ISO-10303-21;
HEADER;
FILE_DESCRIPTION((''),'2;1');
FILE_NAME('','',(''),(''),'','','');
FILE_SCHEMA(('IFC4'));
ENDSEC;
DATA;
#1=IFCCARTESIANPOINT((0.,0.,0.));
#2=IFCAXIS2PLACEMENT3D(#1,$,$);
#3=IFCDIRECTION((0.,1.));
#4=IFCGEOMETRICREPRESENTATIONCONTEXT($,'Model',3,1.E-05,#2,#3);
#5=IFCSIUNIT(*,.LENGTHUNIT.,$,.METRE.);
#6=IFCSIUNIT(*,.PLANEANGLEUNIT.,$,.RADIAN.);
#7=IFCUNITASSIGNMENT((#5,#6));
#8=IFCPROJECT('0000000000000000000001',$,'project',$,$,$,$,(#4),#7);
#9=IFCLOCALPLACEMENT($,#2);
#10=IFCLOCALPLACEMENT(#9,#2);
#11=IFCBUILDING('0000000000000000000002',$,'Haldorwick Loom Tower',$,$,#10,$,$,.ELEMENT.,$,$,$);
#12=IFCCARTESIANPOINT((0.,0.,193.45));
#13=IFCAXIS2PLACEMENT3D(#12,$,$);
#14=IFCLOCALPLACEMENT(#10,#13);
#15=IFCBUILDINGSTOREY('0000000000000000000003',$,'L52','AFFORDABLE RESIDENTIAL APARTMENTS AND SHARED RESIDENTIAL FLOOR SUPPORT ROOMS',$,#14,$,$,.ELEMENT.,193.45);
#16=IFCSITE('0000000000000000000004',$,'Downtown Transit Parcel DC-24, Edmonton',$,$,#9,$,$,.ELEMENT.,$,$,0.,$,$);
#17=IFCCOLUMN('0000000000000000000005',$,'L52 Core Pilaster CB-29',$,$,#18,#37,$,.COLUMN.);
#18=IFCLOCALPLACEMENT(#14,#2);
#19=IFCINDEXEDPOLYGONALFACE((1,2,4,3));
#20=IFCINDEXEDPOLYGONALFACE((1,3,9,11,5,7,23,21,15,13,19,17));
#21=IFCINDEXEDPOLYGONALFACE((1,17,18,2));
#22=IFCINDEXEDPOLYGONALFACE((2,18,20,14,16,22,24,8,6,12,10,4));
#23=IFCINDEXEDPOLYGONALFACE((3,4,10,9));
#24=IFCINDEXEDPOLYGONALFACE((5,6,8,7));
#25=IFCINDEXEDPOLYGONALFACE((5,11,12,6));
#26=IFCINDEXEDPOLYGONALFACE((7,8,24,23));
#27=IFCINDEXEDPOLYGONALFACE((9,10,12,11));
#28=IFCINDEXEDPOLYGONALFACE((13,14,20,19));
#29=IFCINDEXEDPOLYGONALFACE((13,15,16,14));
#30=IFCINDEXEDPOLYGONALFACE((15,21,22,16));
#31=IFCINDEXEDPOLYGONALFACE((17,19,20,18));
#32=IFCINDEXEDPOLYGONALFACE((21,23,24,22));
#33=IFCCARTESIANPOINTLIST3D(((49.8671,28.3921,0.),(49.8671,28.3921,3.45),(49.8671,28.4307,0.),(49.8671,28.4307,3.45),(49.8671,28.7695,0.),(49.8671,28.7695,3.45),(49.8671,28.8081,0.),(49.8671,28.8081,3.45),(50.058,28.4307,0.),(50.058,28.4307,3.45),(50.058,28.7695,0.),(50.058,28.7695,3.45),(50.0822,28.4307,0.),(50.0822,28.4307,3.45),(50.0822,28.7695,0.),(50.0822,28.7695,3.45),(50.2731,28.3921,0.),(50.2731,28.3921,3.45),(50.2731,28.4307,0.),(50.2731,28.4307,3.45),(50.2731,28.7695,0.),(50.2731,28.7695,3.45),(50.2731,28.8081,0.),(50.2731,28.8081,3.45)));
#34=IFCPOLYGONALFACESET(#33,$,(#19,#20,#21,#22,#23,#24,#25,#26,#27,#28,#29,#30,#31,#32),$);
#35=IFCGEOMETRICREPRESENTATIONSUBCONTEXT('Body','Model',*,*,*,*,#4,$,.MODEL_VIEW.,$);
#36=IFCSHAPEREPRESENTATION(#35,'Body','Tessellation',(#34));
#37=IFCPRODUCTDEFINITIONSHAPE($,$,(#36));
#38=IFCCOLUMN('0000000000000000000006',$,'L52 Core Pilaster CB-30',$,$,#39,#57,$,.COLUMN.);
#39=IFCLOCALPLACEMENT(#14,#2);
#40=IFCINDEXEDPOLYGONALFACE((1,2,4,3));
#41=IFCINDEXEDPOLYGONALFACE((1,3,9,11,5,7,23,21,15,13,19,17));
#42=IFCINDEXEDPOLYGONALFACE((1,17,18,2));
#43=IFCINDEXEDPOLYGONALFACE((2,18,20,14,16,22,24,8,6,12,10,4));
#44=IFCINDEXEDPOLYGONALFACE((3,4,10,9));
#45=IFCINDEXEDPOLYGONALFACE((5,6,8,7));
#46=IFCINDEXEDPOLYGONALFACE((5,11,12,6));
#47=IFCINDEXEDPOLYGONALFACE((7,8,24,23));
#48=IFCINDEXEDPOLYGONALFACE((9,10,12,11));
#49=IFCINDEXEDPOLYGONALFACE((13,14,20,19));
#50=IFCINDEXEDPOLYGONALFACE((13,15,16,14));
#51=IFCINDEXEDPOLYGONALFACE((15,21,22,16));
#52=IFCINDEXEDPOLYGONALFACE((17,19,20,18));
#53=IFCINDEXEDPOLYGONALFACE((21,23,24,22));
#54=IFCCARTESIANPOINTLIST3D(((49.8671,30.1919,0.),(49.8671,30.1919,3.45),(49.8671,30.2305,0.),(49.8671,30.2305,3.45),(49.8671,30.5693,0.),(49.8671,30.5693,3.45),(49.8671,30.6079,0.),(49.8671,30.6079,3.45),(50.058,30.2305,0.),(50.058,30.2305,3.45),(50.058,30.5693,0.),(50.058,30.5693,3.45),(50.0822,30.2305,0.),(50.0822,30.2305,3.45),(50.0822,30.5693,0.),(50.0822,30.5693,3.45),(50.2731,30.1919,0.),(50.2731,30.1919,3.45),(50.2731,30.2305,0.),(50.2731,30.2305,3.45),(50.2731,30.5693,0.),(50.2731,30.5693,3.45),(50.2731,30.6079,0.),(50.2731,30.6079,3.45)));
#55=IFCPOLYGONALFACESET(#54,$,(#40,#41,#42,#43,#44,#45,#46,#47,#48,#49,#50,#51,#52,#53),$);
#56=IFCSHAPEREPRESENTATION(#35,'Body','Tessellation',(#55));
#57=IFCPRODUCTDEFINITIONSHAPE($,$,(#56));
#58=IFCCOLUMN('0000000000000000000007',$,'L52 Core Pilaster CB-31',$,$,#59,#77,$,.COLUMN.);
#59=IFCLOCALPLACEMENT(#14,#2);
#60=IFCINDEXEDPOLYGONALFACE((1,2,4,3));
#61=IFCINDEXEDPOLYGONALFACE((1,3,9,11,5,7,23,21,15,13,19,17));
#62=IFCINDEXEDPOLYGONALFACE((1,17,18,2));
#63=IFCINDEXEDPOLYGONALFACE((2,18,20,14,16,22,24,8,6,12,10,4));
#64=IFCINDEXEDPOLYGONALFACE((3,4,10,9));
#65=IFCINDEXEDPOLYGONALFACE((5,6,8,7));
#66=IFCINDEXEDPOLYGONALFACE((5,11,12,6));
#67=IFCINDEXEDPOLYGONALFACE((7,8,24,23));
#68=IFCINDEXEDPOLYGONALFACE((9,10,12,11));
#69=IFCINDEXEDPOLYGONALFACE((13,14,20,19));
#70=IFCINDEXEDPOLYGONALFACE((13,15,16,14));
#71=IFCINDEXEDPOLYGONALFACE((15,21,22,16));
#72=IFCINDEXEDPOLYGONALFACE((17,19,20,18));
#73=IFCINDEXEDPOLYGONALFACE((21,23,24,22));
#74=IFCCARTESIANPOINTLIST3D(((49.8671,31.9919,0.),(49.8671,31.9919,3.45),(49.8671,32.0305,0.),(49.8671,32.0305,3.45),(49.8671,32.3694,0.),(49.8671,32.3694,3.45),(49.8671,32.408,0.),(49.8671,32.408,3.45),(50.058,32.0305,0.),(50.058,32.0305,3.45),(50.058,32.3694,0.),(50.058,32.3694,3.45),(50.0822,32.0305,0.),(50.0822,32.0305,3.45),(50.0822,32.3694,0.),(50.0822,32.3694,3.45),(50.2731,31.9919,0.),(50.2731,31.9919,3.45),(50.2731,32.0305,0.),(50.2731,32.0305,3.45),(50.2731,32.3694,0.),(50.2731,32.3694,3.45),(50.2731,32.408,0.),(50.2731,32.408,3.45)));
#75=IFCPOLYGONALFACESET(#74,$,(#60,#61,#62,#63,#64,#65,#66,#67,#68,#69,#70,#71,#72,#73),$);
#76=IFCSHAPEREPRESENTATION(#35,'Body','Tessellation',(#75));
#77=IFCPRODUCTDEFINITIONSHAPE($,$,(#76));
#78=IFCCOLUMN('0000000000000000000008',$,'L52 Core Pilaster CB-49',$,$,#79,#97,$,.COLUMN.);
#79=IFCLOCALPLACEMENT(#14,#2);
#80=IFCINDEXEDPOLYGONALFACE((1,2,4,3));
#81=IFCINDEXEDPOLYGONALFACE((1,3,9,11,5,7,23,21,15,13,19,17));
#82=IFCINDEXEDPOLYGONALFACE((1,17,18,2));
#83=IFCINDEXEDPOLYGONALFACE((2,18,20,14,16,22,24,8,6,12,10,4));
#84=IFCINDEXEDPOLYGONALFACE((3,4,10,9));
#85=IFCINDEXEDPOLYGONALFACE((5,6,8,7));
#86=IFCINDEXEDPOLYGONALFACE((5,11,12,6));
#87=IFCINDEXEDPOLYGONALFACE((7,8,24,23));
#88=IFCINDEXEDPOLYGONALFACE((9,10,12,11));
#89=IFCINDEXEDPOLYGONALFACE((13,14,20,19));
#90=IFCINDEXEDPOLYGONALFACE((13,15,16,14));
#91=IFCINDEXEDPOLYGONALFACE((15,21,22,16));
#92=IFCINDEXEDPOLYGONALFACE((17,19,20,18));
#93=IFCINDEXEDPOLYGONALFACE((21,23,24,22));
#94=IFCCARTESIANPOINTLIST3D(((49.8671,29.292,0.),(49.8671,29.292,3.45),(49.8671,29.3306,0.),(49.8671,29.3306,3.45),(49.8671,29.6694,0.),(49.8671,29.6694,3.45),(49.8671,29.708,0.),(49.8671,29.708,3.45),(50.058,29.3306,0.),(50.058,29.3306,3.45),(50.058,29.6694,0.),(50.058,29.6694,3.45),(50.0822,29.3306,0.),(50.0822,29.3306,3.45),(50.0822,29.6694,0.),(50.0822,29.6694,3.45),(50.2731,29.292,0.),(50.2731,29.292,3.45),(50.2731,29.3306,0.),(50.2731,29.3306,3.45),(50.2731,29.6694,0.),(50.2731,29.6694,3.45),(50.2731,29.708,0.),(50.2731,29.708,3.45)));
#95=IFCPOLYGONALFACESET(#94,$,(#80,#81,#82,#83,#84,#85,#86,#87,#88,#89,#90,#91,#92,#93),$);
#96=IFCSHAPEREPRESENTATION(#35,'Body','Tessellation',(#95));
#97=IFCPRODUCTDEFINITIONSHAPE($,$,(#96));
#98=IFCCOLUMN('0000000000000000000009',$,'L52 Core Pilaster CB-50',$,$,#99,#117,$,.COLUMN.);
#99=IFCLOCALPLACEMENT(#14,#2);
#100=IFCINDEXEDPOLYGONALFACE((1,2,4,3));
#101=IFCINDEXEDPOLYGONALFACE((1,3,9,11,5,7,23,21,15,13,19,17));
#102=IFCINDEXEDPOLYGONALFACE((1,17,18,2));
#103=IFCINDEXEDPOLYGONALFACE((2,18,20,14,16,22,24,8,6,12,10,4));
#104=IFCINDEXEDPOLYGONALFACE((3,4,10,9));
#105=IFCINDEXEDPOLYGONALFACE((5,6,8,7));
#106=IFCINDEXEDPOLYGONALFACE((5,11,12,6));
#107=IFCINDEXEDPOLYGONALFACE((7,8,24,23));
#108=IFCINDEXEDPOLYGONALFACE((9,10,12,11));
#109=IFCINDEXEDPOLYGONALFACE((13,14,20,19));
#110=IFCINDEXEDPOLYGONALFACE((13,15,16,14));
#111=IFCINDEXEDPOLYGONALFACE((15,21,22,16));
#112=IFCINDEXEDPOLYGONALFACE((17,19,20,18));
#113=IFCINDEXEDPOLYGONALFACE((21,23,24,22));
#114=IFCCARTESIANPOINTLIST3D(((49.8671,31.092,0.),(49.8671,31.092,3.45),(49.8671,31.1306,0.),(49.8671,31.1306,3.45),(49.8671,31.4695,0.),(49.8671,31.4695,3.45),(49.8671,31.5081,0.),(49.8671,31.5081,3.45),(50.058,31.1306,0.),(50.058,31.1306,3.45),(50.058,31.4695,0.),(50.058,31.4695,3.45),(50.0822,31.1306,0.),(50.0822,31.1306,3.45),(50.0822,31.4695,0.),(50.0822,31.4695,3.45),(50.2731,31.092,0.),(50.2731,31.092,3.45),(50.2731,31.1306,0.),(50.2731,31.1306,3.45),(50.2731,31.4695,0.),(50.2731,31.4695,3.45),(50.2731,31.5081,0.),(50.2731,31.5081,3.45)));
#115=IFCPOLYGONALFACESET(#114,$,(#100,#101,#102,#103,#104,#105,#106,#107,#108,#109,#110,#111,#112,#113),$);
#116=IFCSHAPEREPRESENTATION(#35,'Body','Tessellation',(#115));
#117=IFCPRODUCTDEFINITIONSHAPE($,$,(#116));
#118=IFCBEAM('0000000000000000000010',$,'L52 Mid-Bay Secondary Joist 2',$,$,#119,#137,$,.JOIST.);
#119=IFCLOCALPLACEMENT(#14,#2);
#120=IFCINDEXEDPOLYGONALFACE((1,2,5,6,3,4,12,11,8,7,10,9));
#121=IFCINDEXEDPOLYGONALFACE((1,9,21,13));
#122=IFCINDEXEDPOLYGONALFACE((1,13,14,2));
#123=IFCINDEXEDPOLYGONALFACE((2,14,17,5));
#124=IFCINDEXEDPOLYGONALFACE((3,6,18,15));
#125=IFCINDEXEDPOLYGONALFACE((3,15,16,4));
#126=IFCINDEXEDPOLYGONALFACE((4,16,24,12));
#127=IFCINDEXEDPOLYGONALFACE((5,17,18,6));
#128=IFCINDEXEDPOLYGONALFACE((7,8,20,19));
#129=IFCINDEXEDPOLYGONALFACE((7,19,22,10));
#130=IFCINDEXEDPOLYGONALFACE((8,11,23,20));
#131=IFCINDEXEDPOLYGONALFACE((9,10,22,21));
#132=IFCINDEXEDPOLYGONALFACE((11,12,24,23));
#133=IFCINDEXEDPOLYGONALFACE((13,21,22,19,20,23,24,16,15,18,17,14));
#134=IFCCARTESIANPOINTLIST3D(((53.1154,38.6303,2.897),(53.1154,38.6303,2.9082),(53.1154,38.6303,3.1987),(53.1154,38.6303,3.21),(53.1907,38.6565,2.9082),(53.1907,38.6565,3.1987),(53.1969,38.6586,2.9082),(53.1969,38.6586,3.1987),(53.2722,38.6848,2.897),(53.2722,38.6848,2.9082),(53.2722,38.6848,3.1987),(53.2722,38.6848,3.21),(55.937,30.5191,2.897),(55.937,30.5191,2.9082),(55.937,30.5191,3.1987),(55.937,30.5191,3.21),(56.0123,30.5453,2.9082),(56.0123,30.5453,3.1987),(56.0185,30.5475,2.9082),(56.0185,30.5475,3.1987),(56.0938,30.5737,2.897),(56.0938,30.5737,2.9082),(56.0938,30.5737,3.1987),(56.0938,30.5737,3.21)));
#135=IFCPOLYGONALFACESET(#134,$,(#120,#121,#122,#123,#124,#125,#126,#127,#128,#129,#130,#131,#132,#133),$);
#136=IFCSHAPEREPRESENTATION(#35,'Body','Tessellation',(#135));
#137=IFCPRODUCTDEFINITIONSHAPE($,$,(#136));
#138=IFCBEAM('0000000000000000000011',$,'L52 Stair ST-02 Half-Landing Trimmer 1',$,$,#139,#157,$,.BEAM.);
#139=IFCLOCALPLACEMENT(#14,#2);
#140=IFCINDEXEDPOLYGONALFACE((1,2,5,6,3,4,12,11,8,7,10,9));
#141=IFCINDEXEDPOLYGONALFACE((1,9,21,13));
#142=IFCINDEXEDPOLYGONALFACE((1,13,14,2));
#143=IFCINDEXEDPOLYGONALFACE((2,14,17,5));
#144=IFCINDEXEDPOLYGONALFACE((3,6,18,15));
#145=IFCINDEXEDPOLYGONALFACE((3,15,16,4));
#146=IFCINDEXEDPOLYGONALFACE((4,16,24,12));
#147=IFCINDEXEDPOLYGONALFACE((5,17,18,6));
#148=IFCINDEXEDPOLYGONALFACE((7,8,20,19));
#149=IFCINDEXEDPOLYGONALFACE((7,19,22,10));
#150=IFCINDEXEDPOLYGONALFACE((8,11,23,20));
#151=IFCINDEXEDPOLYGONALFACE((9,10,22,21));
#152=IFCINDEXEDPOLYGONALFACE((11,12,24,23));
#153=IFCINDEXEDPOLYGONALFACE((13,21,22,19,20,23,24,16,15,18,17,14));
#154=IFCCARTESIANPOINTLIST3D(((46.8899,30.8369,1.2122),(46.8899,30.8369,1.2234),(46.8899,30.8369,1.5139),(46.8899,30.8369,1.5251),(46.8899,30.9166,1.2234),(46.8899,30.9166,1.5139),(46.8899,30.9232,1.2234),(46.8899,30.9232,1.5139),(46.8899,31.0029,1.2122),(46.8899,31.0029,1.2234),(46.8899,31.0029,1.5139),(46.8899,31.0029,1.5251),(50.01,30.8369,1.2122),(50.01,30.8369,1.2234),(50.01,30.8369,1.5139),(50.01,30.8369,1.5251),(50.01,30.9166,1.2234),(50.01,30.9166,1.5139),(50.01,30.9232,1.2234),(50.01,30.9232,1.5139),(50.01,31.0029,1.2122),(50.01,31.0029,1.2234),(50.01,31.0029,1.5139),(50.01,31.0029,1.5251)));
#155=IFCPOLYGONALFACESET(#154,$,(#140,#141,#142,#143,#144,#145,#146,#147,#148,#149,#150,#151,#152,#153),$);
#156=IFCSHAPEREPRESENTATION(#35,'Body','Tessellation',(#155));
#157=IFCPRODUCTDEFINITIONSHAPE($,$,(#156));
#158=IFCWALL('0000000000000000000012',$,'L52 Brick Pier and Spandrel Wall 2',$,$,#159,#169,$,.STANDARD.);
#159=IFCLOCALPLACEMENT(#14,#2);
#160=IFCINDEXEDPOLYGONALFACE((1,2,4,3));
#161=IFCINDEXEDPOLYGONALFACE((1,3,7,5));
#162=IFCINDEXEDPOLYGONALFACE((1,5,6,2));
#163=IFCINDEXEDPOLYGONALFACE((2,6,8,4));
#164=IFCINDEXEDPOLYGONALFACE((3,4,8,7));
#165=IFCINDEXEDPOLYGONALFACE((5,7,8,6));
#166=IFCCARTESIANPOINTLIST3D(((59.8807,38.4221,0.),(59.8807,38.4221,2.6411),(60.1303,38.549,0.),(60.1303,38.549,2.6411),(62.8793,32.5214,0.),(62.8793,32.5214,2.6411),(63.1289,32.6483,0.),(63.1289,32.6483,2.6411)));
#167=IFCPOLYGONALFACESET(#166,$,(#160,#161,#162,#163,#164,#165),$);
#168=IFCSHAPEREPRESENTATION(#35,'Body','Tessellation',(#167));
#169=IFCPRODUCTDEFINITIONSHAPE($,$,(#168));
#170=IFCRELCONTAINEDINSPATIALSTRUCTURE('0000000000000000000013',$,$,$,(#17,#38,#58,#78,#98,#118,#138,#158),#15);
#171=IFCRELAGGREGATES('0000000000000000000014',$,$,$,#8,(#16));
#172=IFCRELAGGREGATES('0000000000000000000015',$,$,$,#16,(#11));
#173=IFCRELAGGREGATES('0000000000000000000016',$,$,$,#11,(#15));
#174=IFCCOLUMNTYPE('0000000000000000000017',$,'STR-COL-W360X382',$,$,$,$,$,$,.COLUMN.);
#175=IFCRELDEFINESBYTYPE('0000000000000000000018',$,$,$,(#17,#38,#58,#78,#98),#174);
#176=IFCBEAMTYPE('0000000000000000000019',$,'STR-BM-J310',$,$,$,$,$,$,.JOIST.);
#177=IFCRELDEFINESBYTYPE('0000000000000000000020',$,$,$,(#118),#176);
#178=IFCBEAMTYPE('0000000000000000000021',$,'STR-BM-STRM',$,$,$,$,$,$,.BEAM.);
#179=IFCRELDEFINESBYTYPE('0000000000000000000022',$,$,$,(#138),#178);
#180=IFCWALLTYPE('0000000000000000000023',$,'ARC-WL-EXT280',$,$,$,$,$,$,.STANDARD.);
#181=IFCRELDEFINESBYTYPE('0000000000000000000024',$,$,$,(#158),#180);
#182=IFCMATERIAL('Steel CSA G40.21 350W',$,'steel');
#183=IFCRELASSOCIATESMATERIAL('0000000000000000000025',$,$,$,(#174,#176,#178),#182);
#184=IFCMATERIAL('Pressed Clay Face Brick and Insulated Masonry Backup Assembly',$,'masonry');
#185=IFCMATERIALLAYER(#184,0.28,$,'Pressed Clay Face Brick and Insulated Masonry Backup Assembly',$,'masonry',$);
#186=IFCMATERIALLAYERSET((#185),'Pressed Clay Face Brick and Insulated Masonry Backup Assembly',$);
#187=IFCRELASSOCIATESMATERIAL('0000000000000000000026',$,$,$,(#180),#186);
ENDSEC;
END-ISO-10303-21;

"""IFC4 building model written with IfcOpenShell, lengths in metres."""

from ifc_helpers import new_model, si_unit, direction, frame, frame_2d, origin, origin_2d, place, context, subcontext, project, spatial, rectangle, i_section, extrude, material, layer, layer_set, material_profile, profile_set, type_object, element, save


model = new_model("IFC4")

# Units and contexts
model_context = context("Model", 3, precision=1e-05, world=origin(), true_north=direction((0.0, 1.0)))
body_context = subcontext(model_context, "Body", "Model", "MODEL_VIEW")
ifc_project = project(units=[si_unit("LENGTHUNIT", "METRE"), si_unit("PLANEANGLEUNIT", "RADIAN")], contexts=[model_context])

# Site, building, storey
site_placement = place(None, origin())
site = spatial("IfcSite", under=ifc_project, at=site_placement, Name="Downtown Transit Parcel DC-24, Edmonton", CompositionType="ELEMENT", RefElevation=0.0)
building_placement = place(site_placement, origin())
building = spatial("IfcBuilding", under=site, at=building_placement, Name="Haldorwick Loom Tower", CompositionType="ELEMENT")
storey_placement = place(building_placement, frame((0.0, 0.0, 193.45)))
storey = spatial("IfcBuildingStorey", under=building, at=storey_placement, Name="L52", Description="AFFORDABLE RESIDENTIAL APARTMENTS AND SHARED RESIDENTIAL FLOOR SUPPORT ROOMS", CompositionType="ELEMENT", Elevation=193.45)

# Columns
ifc_material_1 = material(Name="Steel CSA G40.21 350W", Category="steel")
ifc_material_profile_1 = material_profile(ifc_material_1, i_section(OverallWidth=0.406, OverallDepth=0.416, WebThickness=0.0242, FlangeThickness=0.0386, at=origin_2d()), Name="W360X382", Category="steel")
ifc_profile_set_1 = profile_set([ifc_material_profile_1], Name="Steel CSA G40.21 350W")
column_type = type_object("IfcColumnType", Name="STR-COL-W360X382", PredefinedType="COLUMN", material=ifc_profile_set_1)
for number, where, z_axis, x_axis, name in (
    (1, (50.0701, 28.6001, 0.0), (0.0, 0.0, 1.0), (1.0, 0.0, 0.0), "L52 Core Pilaster CB-29"),
    (2, (50.0701, 30.3999, 0.0), (0.0, 0.0, 1.0), (1.0, 0.0, 0.0), "L52 Core Pilaster CB-30"),
    (3, (50.0701, 32.2, 0.0), (0.0, 0.0, 1.0), (1.0, 0.0, 0.0), "L52 Core Pilaster CB-31"),
    (4, (50.0701, 29.5, 0.0), (0.0, 0.0, 1.0), (1.0, 0.0, 0.0), "L52 Core Pilaster CB-49"),
    (5, (50.0701, 31.3, 0.0), (0.0, 0.0, 1.0), (1.0, 0.0, 0.0), "L52 Core Pilaster CB-50"),
):
    element("IfcColumn", number, at=place(storey_placement, frame(where, z_axis=z_axis, x_axis=x_axis)), inside=storey, type_object=column_type, Name=name, PredefinedType="COLUMN", context=body_context, shape_type="SweptSolid", body=[
        extrude(i_section(OverallWidth=0.406, OverallDepth=0.416, WebThickness=0.0242, FlangeThickness=0.0386, at=origin_2d()), origin(), (0.0, 0.0, 1.0), 3.45),
    ])

# Beams
ifc_material_profile_2 = material_profile(ifc_material_1, i_section(OverallWidth=0.166, OverallDepth=0.313, WebThickness=0.0066, FlangeThickness=0.0112, at=origin_2d()), Name="W310X45", Category="steel")
ifc_profile_set_2 = profile_set([ifc_material_profile_2], Name="Steel CSA G40.21 350W")
beam_type_1 = type_object("IfcBeamType", Name="STR-BM-J310", PredefinedType="JOIST", material=ifc_profile_set_2)
beam_1_placement = place(storey_placement, frame((56.0154, 30.5464, 3.0535), z_axis=(-0.32855, 0.944486, 0.0), x_axis=(-0.944486, -0.32855, 0.0)))
element("IfcBeam", 6, at=beam_1_placement, inside=storey, type_object=beam_type_1, Name="L52 Mid-Bay Secondary Joist 2", PredefinedType="JOIST", context=body_context, shape_type="SweptSolid", body=[
    extrude(i_section(OverallWidth=0.166, OverallDepth=0.313, WebThickness=0.0066, FlangeThickness=0.0112, at=origin_2d()), origin(), (0.0, 0.0, 1.0), 8.5879),
])
ifc_material_profile_3 = material_profile(ifc_material_1, i_section(OverallWidth=0.166, OverallDepth=0.313, WebThickness=0.0066, FlangeThickness=0.0112, at=origin_2d()), Name="W310X45", Category="steel")
ifc_profile_set_3 = profile_set([ifc_material_profile_3], Name="Steel CSA G40.21 350W")
beam_type_2 = type_object("IfcBeamType", Name="STR-BM-STRM", PredefinedType="BEAM", material=ifc_profile_set_3)
beam_2_placement = place(storey_placement, frame((46.8899, 30.9199, 1.3687), z_axis=(1.0, 0.0, 0.0), x_axis=(0.0, 1.0, 0.0)))
element("IfcBeam", 7, at=beam_2_placement, inside=storey, type_object=beam_type_2, Name="L52 Stair ST-02 Half-Landing Trimmer 1", PredefinedType="BEAM", context=body_context, shape_type="SweptSolid", body=[
    extrude(i_section(OverallWidth=0.166, OverallDepth=0.313, WebThickness=0.0066, FlangeThickness=0.0112, at=origin_2d()), origin(), (0.0, 0.0, 1.0), 3.1201),
])

# Wall
ifc_material_2 = material(Name="Pressed Clay Face Brick and Insulated Masonry Backup Assembly", Category="masonry")
ifc_layer_1 = layer(ifc_material_2, 0.28, Name="Pressed Clay Face Brick and Insulated Masonry Backup Assembly", Category="masonry")
ifc_layer_set_1 = layer_set([ifc_layer_1], Name="Pressed Clay Face Brick and Insulated Masonry Backup Assembly")
wall_type_1 = type_object("IfcWallType", Name="ARC-WL-EXT280", PredefinedType="STANDARD", material=ifc_layer_set_1)
wall_1_placement = place(storey_placement, frame((63.0042, 32.5847, 0.0), z_axis=(0.0, 0.0, 1.0), x_axis=(-0.453032, 0.891494, 0.0)))
element("IfcWall", 8, at=wall_1_placement, inside=storey, type_object=wall_type_1, Name="L52 Brick Pier and Spandrel Wall 2", PredefinedType="STANDARD", context=body_context, shape_type="SweptSolid", body=[
    extrude(rectangle(XDim=6.6189, YDim=0.28, at=frame_2d((3.3096, 0.0))), origin(), (0.0, 0.0, 1.0), 2.6411),
])

save(model, "model.ifc")
